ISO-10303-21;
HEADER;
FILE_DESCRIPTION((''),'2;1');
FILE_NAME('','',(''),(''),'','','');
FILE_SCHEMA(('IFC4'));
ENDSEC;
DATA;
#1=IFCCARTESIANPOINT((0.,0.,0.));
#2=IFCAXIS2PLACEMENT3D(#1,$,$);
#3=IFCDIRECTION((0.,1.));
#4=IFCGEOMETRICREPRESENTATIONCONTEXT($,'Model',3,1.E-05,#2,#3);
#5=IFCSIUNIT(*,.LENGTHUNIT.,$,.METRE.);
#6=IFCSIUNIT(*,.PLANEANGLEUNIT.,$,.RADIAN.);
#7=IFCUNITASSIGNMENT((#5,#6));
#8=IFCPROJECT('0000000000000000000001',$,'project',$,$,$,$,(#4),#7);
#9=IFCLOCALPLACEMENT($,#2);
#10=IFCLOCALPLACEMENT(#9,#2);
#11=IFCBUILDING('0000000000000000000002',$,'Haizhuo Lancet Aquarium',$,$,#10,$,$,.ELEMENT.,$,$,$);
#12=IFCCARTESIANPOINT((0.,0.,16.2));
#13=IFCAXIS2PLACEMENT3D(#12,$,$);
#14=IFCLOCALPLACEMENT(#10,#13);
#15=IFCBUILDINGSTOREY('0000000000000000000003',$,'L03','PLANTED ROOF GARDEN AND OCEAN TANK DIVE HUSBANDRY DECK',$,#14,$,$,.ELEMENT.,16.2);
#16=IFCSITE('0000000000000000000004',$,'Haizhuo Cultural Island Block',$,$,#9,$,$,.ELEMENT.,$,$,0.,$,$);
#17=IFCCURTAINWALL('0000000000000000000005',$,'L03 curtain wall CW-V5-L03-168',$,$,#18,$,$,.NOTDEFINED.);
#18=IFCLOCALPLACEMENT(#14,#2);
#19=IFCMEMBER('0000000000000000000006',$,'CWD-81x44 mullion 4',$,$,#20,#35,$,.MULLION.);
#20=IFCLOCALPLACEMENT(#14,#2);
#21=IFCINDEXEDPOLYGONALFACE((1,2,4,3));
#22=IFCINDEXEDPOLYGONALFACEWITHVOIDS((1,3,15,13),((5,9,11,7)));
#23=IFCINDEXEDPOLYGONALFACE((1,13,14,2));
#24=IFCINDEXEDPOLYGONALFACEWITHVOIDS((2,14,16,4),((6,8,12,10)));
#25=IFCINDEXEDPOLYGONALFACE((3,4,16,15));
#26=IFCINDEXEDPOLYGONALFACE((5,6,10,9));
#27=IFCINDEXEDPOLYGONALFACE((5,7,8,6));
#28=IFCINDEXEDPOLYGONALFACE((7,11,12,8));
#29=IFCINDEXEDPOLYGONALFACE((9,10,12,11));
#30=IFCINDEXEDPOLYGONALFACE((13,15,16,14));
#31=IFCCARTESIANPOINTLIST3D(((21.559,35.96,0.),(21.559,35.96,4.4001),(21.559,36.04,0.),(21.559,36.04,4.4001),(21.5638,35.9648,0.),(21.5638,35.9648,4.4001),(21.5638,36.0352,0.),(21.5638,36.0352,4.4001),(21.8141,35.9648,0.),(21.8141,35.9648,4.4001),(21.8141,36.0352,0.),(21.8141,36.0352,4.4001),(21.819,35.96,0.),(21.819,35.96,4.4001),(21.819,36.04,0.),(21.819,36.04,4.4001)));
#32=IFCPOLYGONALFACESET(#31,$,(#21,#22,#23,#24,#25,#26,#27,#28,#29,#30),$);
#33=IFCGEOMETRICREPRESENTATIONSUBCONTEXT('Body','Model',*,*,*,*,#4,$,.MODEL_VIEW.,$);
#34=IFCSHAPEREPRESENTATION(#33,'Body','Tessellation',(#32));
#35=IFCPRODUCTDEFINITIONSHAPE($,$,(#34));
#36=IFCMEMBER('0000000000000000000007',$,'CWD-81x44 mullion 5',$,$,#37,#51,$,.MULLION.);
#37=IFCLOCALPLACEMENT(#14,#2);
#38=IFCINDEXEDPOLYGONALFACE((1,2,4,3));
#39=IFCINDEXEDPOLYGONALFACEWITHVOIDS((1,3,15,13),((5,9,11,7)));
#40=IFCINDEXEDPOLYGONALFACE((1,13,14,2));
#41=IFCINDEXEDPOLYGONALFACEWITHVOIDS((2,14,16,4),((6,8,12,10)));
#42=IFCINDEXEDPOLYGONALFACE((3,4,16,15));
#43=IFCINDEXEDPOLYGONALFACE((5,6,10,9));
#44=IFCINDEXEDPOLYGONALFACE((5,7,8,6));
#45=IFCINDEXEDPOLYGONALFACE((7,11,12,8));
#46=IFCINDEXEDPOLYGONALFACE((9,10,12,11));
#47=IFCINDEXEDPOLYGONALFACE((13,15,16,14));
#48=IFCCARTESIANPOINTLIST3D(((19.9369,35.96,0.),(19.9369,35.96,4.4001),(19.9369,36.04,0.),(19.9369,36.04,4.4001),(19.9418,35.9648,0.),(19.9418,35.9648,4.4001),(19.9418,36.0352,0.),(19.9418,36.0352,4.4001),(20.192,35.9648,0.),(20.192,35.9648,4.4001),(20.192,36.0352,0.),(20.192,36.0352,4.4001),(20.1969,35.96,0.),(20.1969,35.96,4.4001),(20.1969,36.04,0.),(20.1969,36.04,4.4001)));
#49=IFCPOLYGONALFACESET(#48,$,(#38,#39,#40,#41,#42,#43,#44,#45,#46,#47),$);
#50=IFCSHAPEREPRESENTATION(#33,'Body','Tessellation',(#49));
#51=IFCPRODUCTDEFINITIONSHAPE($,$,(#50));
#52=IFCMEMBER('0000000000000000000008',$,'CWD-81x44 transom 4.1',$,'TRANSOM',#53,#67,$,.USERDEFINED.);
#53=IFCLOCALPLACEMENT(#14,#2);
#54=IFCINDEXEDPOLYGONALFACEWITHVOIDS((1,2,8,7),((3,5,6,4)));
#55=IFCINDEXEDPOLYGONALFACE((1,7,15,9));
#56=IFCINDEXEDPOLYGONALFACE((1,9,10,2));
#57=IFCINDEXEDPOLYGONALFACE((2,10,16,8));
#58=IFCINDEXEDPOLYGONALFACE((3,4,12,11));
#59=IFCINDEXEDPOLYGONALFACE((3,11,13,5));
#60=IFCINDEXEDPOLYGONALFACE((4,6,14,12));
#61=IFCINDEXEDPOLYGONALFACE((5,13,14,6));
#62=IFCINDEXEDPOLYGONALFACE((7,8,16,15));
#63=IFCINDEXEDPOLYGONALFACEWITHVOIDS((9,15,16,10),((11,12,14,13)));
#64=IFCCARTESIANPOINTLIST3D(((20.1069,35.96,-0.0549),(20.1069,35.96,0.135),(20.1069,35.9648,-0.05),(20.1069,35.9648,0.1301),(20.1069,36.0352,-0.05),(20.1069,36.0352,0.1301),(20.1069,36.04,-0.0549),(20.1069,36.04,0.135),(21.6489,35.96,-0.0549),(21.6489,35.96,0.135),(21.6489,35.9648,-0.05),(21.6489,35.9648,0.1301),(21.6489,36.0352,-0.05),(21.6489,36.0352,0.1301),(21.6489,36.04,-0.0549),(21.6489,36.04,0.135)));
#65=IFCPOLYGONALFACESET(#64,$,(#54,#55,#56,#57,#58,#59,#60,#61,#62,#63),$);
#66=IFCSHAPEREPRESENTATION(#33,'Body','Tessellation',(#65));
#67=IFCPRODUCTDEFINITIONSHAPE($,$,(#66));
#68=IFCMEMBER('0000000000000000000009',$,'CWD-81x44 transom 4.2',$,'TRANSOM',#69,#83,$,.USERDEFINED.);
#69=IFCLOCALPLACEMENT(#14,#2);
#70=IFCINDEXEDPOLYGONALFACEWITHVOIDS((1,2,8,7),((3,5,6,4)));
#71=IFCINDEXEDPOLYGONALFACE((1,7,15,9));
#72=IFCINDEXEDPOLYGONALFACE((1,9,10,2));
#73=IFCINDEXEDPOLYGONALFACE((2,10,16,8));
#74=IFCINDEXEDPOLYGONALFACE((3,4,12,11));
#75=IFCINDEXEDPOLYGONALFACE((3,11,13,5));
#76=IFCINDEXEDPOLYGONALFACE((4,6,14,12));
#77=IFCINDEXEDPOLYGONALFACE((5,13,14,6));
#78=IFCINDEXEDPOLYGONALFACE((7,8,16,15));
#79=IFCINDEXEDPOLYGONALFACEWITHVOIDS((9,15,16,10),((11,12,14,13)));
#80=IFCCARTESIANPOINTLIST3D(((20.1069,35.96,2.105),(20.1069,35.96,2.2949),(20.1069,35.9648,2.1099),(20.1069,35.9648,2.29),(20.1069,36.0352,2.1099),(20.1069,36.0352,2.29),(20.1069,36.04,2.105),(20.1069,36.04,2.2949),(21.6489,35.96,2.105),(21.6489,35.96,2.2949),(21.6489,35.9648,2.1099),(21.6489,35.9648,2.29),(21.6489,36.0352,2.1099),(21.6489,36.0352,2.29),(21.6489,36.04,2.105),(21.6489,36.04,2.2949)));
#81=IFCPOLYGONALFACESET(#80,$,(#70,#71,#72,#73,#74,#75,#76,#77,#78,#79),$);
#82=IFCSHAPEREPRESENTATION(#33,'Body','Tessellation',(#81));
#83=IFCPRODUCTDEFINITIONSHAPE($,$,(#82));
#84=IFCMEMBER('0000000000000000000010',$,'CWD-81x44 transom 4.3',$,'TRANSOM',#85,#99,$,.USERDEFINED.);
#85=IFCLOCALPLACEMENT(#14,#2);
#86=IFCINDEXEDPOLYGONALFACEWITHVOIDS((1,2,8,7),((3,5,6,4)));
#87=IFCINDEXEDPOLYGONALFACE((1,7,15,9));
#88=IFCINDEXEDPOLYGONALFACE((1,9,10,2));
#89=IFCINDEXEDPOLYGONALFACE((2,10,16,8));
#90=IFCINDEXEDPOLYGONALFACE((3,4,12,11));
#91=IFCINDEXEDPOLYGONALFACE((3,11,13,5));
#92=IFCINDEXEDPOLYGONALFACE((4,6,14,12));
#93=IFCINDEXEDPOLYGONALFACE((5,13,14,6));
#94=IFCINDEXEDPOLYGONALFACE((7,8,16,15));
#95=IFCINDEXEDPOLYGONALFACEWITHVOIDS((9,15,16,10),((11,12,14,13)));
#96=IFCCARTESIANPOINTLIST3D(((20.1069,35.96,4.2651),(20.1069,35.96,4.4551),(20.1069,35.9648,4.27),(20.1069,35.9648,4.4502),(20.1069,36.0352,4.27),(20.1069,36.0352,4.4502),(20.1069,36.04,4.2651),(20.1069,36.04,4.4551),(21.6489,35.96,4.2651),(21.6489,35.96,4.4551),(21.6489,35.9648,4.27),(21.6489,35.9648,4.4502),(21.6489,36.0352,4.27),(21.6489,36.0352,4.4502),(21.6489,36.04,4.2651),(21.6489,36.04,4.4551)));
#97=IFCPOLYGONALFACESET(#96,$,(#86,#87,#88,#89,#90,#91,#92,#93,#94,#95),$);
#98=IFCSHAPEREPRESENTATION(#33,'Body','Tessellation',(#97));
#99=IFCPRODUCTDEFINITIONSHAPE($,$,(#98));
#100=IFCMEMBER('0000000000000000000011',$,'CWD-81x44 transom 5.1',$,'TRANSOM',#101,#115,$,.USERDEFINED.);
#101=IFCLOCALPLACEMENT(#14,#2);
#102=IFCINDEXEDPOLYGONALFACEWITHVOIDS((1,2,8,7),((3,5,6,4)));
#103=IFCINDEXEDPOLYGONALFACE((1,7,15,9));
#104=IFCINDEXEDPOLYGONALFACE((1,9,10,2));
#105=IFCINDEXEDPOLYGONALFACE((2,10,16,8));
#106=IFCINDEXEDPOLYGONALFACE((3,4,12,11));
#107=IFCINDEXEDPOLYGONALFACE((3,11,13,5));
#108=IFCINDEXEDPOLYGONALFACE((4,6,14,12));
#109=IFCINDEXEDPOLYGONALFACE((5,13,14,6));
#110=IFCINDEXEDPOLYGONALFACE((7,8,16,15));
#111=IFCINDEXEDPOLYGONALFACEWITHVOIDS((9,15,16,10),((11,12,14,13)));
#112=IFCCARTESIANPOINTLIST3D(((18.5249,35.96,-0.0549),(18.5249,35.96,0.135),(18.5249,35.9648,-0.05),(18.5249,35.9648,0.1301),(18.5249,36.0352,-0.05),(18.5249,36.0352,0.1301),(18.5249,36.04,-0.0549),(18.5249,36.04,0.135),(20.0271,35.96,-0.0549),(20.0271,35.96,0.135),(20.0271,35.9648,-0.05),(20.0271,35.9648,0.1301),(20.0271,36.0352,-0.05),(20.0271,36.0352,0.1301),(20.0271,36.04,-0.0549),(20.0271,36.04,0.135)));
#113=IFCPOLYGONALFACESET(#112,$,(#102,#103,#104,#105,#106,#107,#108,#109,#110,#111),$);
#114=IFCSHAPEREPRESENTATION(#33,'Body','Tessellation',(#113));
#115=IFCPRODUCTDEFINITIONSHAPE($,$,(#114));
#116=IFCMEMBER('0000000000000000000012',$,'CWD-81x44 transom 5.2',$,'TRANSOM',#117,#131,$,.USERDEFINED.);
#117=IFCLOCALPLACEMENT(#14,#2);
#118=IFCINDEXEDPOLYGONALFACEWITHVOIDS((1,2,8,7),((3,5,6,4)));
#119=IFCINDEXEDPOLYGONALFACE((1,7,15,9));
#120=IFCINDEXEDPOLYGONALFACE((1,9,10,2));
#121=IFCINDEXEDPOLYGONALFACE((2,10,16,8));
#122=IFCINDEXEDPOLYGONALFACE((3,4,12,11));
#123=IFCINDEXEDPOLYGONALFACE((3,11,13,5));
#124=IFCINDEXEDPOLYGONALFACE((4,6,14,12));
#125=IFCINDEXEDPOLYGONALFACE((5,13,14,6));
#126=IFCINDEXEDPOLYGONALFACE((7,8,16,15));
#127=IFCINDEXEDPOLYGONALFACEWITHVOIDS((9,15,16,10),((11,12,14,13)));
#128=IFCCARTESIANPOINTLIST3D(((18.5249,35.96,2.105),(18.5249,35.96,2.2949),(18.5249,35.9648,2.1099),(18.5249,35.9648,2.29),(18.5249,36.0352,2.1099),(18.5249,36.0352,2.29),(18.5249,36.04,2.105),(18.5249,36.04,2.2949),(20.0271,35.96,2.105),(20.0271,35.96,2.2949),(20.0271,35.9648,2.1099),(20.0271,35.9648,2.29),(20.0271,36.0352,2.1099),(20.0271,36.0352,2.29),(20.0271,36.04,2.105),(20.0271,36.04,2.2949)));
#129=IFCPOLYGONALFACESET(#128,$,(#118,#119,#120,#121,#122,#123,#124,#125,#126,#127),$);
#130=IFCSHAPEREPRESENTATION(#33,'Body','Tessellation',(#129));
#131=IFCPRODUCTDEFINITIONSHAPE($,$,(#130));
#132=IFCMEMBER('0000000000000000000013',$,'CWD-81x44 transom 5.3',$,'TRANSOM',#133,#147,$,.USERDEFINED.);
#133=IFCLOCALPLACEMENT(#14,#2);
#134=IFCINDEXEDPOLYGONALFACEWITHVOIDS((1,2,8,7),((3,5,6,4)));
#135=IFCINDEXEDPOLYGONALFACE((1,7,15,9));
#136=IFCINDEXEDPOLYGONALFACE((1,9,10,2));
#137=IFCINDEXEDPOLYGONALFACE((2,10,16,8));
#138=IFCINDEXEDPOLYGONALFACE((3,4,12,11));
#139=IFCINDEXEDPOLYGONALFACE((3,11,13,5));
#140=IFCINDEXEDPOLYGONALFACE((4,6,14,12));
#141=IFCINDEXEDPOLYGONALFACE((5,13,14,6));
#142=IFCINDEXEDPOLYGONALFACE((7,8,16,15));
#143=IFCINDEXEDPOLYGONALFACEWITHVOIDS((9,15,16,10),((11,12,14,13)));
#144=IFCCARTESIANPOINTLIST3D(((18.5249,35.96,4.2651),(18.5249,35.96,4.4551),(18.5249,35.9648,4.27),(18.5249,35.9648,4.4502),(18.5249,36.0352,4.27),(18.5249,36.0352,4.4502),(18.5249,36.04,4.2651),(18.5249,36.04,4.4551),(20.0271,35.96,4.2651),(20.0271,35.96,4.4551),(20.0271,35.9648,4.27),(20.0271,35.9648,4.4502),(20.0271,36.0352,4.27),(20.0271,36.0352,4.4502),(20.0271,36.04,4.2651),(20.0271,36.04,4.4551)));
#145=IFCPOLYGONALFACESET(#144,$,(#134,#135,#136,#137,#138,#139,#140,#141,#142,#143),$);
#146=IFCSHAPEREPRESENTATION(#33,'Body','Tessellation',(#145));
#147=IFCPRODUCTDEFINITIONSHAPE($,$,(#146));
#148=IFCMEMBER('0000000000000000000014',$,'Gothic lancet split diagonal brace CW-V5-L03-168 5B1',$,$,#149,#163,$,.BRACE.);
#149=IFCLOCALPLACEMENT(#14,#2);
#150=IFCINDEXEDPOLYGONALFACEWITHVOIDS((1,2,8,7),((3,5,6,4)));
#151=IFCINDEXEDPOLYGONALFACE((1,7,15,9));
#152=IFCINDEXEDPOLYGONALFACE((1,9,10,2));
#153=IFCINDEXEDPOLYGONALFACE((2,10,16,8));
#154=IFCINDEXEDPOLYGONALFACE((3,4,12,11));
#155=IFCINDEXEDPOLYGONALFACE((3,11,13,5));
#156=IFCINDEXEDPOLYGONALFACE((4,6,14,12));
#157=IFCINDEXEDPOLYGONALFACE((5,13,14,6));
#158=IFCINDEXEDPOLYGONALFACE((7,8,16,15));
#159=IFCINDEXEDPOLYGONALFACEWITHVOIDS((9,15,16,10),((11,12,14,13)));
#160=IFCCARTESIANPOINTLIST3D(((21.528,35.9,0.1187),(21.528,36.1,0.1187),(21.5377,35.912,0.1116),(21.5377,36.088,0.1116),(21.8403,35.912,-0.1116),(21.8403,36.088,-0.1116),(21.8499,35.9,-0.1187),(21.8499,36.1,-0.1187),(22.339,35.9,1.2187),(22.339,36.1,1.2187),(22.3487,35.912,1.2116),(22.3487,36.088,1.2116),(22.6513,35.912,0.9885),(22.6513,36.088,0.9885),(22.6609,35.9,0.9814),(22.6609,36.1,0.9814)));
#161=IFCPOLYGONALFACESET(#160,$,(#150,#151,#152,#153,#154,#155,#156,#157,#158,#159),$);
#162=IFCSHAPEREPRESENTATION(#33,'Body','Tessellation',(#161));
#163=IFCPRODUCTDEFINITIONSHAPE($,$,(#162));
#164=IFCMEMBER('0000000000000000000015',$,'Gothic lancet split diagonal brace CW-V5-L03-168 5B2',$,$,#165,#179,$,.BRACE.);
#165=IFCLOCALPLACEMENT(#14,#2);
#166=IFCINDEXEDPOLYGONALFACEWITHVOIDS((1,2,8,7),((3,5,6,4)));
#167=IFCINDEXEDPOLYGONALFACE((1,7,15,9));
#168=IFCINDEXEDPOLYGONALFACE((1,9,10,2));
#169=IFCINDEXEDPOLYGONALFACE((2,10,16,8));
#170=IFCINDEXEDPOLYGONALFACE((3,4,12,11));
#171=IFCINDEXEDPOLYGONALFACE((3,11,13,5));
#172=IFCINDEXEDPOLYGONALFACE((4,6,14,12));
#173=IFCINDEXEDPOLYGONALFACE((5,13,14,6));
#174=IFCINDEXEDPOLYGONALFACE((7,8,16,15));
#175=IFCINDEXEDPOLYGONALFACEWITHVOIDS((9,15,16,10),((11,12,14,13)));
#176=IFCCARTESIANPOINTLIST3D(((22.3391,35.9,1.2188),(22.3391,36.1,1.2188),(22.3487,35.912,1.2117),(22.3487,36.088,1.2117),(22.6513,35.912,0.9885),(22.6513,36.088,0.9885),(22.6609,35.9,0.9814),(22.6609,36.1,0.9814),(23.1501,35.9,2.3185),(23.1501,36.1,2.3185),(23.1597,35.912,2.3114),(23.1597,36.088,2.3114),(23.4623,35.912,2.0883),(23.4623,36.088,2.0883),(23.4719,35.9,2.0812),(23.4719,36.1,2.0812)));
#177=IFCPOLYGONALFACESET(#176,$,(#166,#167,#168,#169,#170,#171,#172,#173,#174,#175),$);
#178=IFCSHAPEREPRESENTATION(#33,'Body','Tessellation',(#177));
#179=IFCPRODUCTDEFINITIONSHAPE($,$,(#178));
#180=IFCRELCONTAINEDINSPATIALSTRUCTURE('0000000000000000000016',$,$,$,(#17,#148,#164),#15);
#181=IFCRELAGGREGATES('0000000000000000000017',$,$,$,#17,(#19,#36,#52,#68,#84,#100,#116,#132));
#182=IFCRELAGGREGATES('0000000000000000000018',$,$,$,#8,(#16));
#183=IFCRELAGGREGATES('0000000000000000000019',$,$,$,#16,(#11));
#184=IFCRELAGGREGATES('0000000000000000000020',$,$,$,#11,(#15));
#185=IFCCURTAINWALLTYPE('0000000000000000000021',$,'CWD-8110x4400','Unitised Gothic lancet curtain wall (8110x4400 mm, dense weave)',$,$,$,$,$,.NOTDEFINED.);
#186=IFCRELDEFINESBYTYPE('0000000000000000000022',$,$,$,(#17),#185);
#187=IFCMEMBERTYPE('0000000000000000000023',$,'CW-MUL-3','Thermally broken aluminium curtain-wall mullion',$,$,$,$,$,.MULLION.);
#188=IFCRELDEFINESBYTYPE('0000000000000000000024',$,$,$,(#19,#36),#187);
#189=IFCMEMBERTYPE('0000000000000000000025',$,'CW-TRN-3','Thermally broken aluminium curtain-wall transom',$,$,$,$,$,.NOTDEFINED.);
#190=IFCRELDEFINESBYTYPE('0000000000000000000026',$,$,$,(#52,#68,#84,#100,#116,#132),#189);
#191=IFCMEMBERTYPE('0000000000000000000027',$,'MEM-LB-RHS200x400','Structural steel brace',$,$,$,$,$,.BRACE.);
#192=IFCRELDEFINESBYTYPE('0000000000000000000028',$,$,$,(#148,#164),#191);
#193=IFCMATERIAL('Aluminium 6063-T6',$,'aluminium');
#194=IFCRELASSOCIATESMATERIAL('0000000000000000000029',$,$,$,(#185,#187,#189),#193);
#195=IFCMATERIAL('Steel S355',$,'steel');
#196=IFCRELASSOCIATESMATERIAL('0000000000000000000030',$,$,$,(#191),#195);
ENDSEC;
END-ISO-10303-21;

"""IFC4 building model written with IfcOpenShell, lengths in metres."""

from ifc_helpers import new_model, si_unit, direction, frame, origin, origin_2d, place, context, subcontext, project, spatial, hollow_rectangle, extrude, material, material_profile, profile_set, type_object, element, aggregate, save


model = new_model("IFC4")

# Units and contexts
model_context = context("Model", 3, precision=1e-05, world=origin(), true_north=direction((0.0, 1.0)))
body_context = subcontext(model_context, "Body", "Model", "MODEL_VIEW")
ifc_project = project(units=[si_unit("LENGTHUNIT", "METRE"), si_unit("PLANEANGLEUNIT", "RADIAN")], contexts=[model_context])

# Site, building, storey
site_placement = place(None, origin())
site = spatial("IfcSite", under=ifc_project, at=site_placement, Name="Haizhuo Cultural Island Block", CompositionType="ELEMENT", RefElevation=0.0)
building_placement = place(site_placement, origin())
building = spatial("IfcBuilding", under=site, at=building_placement, Name="Haizhuo Lancet Aquarium", CompositionType="ELEMENT")
storey_placement = place(building_placement, frame((0.0, 0.0, 16.2)))
storey = spatial("IfcBuildingStorey", under=building, at=storey_placement, Name="L03", Description="PLANTED ROOF GARDEN AND OCEAN TANK DIVE HUSBANDRY DECK", CompositionType="ELEMENT", Elevation=16.2)

# Curtain wall, members
ifc_material_1 = material(Name="Aluminium 6063-T6", Category="aluminium")
curtain_wall_type = type_object("IfcCurtainWallType", Name="CWD-8110x4400", Description="Unitised Gothic lancet curtain wall (8110x4400 mm, dense weave)", PredefinedType="NOTDEFINED", material=ifc_material_1)
curtain_wall_placement = place(storey_placement, origin())
curtain_wall = element("IfcCurtainWall", 1, at=curtain_wall_placement, inside=storey, type_object=curtain_wall_type, Name="L03 curtain wall CW-V5-L03-168", PredefinedType="NOTDEFINED")
ifc_material_profile_1 = material_profile(ifc_material_1, hollow_rectangle(XDim=0.0801, YDim=0.26, WallThickness=0.0049, at=origin_2d()), Name="ALU-M 80x260x5")
ifc_profile_set_1 = profile_set([ifc_material_profile_1], Name="Aluminium 6063-T6")
member_type_1 = type_object("IfcMemberType", Name="CW-MUL-3", Description="Thermally broken aluminium curtain-wall mullion", PredefinedType="MULLION", material=ifc_profile_set_1)
member_1_placement = place(storey_placement, frame((21.689, 36.0, 0.0), z_axis=(0.0, 0.0, 1.0), x_axis=(0.0, -1.0, 0.0)))
member_1 = element("IfcMember", 2, at=member_1_placement, type_object=member_type_1, Name="CWD-81x44 mullion 4", PredefinedType="MULLION", context=body_context, shape_type="SweptSolid", body=[
    extrude(hollow_rectangle(XDim=0.0801, YDim=0.26, WallThickness=0.0049, at=origin_2d()), origin(), (0.0, 0.0, 1.0), 4.4001),
])
member_2_placement = place(storey_placement, frame((20.0669, 36.0, 0.0), z_axis=(0.0, 0.0, 1.0), x_axis=(0.0, -1.0, 0.0)))
member_2 = element("IfcMember", 3, at=member_2_placement, type_object=member_type_1, Name="CWD-81x44 mullion 5", PredefinedType="MULLION", context=body_context, shape_type="SweptSolid", body=[
    extrude(hollow_rectangle(XDim=0.0801, YDim=0.26, WallThickness=0.0049, at=origin_2d()), origin(), (0.0, 0.0, 1.0), 4.4001),
])
ifc_material_profile_2 = material_profile(ifc_material_1, hollow_rectangle(XDim=0.0801, YDim=0.1899, WallThickness=0.0049, at=origin_2d()), Name="ALU-T 80x190x5")
ifc_profile_set_2 = profile_set([ifc_material_profile_2], Name="Aluminium 6063-T6")
member_type_2 = type_object("IfcMemberType", Name="CW-TRN-3", Description="Thermally broken aluminium curtain-wall transom", PredefinedType="NOTDEFINED", material=ifc_profile_set_2)
member_3_placement = place(storey_placement, frame((21.6489, 36.0, 0.04), z_axis=(-1.0, 0.0, 0.0), x_axis=(0.0, -1.0, 0.0)))
member_3 = element("IfcMember", 4, at=member_3_placement, type_object=member_type_2, Name="CWD-81x44 transom 4.1", ObjectType="TRANSOM", PredefinedType="USERDEFINED", context=body_context, shape_type="SweptSolid", body=[
    extrude(hollow_rectangle(XDim=0.0801, YDim=0.1899, WallThickness=0.0049, at=origin_2d()), origin(), (0.0, 0.0, 1.0), 1.542),
])
member_4_placement = place(storey_placement, frame((21.6489, 36.0, 2.2), z_axis=(-1.0, 0.0, 0.0), x_axis=(0.0, -1.0, 0.0)))
member_4 = element("IfcMember", 5, at=member_4_placement, type_object=member_type_2, Name="CWD-81x44 transom 4.2", ObjectType="TRANSOM", PredefinedType="USERDEFINED", context=body_context, shape_type="SweptSolid", body=[
    extrude(hollow_rectangle(XDim=0.0801, YDim=0.1899, WallThickness=0.0049, at=origin_2d()), origin(), (0.0, 0.0, 1.0), 1.542),
])
member_5_placement = place(storey_placement, frame((21.6489, 36.0, 4.3601), z_axis=(-1.0, 0.0, 0.0), x_axis=(0.0, -1.0, 0.0)))
member_5 = element("IfcMember", 6, at=member_5_placement, type_object=member_type_2, Name="CWD-81x44 transom 4.3", ObjectType="TRANSOM", PredefinedType="USERDEFINED", context=body_context, shape_type="SweptSolid", body=[
    extrude(hollow_rectangle(XDim=0.0801, YDim=0.1899, WallThickness=0.0049, at=origin_2d()), origin(), (0.0, 0.0, 1.0), 1.542),
])
member_6_placement = place(storey_placement, frame((20.0271, 36.0, 0.04), z_axis=(-1.0, 0.0, 0.0), x_axis=(0.0, -1.0, 0.0)))
member_6 = element("IfcMember", 7, at=member_6_placement, type_object=member_type_2, Name="CWD-81x44 transom 5.1", ObjectType="TRANSOM", PredefinedType="USERDEFINED", context=body_context, shape_type="SweptSolid", body=[
    extrude(hollow_rectangle(XDim=0.0801, YDim=0.1899, WallThickness=0.0049, at=origin_2d()), origin(), (0.0, 0.0, 1.0), 1.5022),
])
member_7_placement = place(storey_placement, frame((20.0271, 36.0, 2.2), z_axis=(-1.0, 0.0, 0.0), x_axis=(0.0, -1.0, 0.0)))
member_7 = element("IfcMember", 8, at=member_7_placement, type_object=member_type_2, Name="CWD-81x44 transom 5.2", ObjectType="TRANSOM", PredefinedType="USERDEFINED", context=body_context, shape_type="SweptSolid", body=[
    extrude(hollow_rectangle(XDim=0.0801, YDim=0.1899, WallThickness=0.0049, at=origin_2d()), origin(), (0.0, 0.0, 1.0), 1.5022),
])
member_8_placement = place(storey_placement, frame((20.0271, 36.0, 4.3601), z_axis=(-1.0, 0.0, 0.0), x_axis=(0.0, -1.0, 0.0)))
member_8 = element("IfcMember", 9, at=member_8_placement, type_object=member_type_2, Name="CWD-81x44 transom 5.3", ObjectType="TRANSOM", PredefinedType="USERDEFINED", context=body_context, shape_type="SweptSolid", body=[
    extrude(hollow_rectangle(XDim=0.0801, YDim=0.1899, WallThickness=0.0049, at=origin_2d()), origin(), (0.0, 0.0, 1.0), 1.5022),
])

# Members
ifc_material_2 = material(Name="Steel S355", Category="steel")
ifc_material_profile_3 = material_profile(ifc_material_2, hollow_rectangle(XDim=0.2, YDim=0.3999, WallThickness=0.012, at=origin_2d()), Name="RHS 200x400x12")
ifc_profile_set_3 = profile_set([ifc_material_profile_3], Name="Steel S355")
member_type_3 = type_object("IfcMemberType", Name="MEM-LB-RHS200x400", Description="Structural steel brace", PredefinedType="BRACE", material=ifc_profile_set_3)
member_9_placement = place(storey_placement, frame((21.689, 36.0, 0.0), z_axis=(0.593406, 0.0, 0.804903), x_axis=(0.0, 1.0, 0.0)))
element("IfcMember", 10, at=member_9_placement, inside=storey, type_object=member_type_3, Name="Gothic lancet split diagonal brace CW-V5-L03-168 5B1", PredefinedType="BRACE", context=body_context, shape_type="SweptSolid", body=[
    extrude(hollow_rectangle(XDim=0.2, YDim=0.3999, WallThickness=0.012, at=origin_2d()), origin(), (0.0, 0.0, 1.0), 1.3667),
])
member_10_placement = place(storey_placement, frame((22.5, 36.0, 1.1001), z_axis=(0.593492, 0.0, 0.80484), x_axis=(0.0, 1.0, 0.0)))
element("IfcMember", 11, at=member_10_placement, inside=storey, type_object=member_type_3, Name="Gothic lancet split diagonal brace CW-V5-L03-168 5B2", PredefinedType="BRACE", context=body_context, shape_type="SweptSolid", body=[
    extrude(hollow_rectangle(XDim=0.2, YDim=0.3999, WallThickness=0.012, at=origin_2d()), origin(), (0.0, 0.0, 1.0), 1.3665),
])

aggregate(curtain_wall, [member_1, member_2, member_3, member_4, member_5, member_6, member_7, member_8])

save(model, "model.ifc")
